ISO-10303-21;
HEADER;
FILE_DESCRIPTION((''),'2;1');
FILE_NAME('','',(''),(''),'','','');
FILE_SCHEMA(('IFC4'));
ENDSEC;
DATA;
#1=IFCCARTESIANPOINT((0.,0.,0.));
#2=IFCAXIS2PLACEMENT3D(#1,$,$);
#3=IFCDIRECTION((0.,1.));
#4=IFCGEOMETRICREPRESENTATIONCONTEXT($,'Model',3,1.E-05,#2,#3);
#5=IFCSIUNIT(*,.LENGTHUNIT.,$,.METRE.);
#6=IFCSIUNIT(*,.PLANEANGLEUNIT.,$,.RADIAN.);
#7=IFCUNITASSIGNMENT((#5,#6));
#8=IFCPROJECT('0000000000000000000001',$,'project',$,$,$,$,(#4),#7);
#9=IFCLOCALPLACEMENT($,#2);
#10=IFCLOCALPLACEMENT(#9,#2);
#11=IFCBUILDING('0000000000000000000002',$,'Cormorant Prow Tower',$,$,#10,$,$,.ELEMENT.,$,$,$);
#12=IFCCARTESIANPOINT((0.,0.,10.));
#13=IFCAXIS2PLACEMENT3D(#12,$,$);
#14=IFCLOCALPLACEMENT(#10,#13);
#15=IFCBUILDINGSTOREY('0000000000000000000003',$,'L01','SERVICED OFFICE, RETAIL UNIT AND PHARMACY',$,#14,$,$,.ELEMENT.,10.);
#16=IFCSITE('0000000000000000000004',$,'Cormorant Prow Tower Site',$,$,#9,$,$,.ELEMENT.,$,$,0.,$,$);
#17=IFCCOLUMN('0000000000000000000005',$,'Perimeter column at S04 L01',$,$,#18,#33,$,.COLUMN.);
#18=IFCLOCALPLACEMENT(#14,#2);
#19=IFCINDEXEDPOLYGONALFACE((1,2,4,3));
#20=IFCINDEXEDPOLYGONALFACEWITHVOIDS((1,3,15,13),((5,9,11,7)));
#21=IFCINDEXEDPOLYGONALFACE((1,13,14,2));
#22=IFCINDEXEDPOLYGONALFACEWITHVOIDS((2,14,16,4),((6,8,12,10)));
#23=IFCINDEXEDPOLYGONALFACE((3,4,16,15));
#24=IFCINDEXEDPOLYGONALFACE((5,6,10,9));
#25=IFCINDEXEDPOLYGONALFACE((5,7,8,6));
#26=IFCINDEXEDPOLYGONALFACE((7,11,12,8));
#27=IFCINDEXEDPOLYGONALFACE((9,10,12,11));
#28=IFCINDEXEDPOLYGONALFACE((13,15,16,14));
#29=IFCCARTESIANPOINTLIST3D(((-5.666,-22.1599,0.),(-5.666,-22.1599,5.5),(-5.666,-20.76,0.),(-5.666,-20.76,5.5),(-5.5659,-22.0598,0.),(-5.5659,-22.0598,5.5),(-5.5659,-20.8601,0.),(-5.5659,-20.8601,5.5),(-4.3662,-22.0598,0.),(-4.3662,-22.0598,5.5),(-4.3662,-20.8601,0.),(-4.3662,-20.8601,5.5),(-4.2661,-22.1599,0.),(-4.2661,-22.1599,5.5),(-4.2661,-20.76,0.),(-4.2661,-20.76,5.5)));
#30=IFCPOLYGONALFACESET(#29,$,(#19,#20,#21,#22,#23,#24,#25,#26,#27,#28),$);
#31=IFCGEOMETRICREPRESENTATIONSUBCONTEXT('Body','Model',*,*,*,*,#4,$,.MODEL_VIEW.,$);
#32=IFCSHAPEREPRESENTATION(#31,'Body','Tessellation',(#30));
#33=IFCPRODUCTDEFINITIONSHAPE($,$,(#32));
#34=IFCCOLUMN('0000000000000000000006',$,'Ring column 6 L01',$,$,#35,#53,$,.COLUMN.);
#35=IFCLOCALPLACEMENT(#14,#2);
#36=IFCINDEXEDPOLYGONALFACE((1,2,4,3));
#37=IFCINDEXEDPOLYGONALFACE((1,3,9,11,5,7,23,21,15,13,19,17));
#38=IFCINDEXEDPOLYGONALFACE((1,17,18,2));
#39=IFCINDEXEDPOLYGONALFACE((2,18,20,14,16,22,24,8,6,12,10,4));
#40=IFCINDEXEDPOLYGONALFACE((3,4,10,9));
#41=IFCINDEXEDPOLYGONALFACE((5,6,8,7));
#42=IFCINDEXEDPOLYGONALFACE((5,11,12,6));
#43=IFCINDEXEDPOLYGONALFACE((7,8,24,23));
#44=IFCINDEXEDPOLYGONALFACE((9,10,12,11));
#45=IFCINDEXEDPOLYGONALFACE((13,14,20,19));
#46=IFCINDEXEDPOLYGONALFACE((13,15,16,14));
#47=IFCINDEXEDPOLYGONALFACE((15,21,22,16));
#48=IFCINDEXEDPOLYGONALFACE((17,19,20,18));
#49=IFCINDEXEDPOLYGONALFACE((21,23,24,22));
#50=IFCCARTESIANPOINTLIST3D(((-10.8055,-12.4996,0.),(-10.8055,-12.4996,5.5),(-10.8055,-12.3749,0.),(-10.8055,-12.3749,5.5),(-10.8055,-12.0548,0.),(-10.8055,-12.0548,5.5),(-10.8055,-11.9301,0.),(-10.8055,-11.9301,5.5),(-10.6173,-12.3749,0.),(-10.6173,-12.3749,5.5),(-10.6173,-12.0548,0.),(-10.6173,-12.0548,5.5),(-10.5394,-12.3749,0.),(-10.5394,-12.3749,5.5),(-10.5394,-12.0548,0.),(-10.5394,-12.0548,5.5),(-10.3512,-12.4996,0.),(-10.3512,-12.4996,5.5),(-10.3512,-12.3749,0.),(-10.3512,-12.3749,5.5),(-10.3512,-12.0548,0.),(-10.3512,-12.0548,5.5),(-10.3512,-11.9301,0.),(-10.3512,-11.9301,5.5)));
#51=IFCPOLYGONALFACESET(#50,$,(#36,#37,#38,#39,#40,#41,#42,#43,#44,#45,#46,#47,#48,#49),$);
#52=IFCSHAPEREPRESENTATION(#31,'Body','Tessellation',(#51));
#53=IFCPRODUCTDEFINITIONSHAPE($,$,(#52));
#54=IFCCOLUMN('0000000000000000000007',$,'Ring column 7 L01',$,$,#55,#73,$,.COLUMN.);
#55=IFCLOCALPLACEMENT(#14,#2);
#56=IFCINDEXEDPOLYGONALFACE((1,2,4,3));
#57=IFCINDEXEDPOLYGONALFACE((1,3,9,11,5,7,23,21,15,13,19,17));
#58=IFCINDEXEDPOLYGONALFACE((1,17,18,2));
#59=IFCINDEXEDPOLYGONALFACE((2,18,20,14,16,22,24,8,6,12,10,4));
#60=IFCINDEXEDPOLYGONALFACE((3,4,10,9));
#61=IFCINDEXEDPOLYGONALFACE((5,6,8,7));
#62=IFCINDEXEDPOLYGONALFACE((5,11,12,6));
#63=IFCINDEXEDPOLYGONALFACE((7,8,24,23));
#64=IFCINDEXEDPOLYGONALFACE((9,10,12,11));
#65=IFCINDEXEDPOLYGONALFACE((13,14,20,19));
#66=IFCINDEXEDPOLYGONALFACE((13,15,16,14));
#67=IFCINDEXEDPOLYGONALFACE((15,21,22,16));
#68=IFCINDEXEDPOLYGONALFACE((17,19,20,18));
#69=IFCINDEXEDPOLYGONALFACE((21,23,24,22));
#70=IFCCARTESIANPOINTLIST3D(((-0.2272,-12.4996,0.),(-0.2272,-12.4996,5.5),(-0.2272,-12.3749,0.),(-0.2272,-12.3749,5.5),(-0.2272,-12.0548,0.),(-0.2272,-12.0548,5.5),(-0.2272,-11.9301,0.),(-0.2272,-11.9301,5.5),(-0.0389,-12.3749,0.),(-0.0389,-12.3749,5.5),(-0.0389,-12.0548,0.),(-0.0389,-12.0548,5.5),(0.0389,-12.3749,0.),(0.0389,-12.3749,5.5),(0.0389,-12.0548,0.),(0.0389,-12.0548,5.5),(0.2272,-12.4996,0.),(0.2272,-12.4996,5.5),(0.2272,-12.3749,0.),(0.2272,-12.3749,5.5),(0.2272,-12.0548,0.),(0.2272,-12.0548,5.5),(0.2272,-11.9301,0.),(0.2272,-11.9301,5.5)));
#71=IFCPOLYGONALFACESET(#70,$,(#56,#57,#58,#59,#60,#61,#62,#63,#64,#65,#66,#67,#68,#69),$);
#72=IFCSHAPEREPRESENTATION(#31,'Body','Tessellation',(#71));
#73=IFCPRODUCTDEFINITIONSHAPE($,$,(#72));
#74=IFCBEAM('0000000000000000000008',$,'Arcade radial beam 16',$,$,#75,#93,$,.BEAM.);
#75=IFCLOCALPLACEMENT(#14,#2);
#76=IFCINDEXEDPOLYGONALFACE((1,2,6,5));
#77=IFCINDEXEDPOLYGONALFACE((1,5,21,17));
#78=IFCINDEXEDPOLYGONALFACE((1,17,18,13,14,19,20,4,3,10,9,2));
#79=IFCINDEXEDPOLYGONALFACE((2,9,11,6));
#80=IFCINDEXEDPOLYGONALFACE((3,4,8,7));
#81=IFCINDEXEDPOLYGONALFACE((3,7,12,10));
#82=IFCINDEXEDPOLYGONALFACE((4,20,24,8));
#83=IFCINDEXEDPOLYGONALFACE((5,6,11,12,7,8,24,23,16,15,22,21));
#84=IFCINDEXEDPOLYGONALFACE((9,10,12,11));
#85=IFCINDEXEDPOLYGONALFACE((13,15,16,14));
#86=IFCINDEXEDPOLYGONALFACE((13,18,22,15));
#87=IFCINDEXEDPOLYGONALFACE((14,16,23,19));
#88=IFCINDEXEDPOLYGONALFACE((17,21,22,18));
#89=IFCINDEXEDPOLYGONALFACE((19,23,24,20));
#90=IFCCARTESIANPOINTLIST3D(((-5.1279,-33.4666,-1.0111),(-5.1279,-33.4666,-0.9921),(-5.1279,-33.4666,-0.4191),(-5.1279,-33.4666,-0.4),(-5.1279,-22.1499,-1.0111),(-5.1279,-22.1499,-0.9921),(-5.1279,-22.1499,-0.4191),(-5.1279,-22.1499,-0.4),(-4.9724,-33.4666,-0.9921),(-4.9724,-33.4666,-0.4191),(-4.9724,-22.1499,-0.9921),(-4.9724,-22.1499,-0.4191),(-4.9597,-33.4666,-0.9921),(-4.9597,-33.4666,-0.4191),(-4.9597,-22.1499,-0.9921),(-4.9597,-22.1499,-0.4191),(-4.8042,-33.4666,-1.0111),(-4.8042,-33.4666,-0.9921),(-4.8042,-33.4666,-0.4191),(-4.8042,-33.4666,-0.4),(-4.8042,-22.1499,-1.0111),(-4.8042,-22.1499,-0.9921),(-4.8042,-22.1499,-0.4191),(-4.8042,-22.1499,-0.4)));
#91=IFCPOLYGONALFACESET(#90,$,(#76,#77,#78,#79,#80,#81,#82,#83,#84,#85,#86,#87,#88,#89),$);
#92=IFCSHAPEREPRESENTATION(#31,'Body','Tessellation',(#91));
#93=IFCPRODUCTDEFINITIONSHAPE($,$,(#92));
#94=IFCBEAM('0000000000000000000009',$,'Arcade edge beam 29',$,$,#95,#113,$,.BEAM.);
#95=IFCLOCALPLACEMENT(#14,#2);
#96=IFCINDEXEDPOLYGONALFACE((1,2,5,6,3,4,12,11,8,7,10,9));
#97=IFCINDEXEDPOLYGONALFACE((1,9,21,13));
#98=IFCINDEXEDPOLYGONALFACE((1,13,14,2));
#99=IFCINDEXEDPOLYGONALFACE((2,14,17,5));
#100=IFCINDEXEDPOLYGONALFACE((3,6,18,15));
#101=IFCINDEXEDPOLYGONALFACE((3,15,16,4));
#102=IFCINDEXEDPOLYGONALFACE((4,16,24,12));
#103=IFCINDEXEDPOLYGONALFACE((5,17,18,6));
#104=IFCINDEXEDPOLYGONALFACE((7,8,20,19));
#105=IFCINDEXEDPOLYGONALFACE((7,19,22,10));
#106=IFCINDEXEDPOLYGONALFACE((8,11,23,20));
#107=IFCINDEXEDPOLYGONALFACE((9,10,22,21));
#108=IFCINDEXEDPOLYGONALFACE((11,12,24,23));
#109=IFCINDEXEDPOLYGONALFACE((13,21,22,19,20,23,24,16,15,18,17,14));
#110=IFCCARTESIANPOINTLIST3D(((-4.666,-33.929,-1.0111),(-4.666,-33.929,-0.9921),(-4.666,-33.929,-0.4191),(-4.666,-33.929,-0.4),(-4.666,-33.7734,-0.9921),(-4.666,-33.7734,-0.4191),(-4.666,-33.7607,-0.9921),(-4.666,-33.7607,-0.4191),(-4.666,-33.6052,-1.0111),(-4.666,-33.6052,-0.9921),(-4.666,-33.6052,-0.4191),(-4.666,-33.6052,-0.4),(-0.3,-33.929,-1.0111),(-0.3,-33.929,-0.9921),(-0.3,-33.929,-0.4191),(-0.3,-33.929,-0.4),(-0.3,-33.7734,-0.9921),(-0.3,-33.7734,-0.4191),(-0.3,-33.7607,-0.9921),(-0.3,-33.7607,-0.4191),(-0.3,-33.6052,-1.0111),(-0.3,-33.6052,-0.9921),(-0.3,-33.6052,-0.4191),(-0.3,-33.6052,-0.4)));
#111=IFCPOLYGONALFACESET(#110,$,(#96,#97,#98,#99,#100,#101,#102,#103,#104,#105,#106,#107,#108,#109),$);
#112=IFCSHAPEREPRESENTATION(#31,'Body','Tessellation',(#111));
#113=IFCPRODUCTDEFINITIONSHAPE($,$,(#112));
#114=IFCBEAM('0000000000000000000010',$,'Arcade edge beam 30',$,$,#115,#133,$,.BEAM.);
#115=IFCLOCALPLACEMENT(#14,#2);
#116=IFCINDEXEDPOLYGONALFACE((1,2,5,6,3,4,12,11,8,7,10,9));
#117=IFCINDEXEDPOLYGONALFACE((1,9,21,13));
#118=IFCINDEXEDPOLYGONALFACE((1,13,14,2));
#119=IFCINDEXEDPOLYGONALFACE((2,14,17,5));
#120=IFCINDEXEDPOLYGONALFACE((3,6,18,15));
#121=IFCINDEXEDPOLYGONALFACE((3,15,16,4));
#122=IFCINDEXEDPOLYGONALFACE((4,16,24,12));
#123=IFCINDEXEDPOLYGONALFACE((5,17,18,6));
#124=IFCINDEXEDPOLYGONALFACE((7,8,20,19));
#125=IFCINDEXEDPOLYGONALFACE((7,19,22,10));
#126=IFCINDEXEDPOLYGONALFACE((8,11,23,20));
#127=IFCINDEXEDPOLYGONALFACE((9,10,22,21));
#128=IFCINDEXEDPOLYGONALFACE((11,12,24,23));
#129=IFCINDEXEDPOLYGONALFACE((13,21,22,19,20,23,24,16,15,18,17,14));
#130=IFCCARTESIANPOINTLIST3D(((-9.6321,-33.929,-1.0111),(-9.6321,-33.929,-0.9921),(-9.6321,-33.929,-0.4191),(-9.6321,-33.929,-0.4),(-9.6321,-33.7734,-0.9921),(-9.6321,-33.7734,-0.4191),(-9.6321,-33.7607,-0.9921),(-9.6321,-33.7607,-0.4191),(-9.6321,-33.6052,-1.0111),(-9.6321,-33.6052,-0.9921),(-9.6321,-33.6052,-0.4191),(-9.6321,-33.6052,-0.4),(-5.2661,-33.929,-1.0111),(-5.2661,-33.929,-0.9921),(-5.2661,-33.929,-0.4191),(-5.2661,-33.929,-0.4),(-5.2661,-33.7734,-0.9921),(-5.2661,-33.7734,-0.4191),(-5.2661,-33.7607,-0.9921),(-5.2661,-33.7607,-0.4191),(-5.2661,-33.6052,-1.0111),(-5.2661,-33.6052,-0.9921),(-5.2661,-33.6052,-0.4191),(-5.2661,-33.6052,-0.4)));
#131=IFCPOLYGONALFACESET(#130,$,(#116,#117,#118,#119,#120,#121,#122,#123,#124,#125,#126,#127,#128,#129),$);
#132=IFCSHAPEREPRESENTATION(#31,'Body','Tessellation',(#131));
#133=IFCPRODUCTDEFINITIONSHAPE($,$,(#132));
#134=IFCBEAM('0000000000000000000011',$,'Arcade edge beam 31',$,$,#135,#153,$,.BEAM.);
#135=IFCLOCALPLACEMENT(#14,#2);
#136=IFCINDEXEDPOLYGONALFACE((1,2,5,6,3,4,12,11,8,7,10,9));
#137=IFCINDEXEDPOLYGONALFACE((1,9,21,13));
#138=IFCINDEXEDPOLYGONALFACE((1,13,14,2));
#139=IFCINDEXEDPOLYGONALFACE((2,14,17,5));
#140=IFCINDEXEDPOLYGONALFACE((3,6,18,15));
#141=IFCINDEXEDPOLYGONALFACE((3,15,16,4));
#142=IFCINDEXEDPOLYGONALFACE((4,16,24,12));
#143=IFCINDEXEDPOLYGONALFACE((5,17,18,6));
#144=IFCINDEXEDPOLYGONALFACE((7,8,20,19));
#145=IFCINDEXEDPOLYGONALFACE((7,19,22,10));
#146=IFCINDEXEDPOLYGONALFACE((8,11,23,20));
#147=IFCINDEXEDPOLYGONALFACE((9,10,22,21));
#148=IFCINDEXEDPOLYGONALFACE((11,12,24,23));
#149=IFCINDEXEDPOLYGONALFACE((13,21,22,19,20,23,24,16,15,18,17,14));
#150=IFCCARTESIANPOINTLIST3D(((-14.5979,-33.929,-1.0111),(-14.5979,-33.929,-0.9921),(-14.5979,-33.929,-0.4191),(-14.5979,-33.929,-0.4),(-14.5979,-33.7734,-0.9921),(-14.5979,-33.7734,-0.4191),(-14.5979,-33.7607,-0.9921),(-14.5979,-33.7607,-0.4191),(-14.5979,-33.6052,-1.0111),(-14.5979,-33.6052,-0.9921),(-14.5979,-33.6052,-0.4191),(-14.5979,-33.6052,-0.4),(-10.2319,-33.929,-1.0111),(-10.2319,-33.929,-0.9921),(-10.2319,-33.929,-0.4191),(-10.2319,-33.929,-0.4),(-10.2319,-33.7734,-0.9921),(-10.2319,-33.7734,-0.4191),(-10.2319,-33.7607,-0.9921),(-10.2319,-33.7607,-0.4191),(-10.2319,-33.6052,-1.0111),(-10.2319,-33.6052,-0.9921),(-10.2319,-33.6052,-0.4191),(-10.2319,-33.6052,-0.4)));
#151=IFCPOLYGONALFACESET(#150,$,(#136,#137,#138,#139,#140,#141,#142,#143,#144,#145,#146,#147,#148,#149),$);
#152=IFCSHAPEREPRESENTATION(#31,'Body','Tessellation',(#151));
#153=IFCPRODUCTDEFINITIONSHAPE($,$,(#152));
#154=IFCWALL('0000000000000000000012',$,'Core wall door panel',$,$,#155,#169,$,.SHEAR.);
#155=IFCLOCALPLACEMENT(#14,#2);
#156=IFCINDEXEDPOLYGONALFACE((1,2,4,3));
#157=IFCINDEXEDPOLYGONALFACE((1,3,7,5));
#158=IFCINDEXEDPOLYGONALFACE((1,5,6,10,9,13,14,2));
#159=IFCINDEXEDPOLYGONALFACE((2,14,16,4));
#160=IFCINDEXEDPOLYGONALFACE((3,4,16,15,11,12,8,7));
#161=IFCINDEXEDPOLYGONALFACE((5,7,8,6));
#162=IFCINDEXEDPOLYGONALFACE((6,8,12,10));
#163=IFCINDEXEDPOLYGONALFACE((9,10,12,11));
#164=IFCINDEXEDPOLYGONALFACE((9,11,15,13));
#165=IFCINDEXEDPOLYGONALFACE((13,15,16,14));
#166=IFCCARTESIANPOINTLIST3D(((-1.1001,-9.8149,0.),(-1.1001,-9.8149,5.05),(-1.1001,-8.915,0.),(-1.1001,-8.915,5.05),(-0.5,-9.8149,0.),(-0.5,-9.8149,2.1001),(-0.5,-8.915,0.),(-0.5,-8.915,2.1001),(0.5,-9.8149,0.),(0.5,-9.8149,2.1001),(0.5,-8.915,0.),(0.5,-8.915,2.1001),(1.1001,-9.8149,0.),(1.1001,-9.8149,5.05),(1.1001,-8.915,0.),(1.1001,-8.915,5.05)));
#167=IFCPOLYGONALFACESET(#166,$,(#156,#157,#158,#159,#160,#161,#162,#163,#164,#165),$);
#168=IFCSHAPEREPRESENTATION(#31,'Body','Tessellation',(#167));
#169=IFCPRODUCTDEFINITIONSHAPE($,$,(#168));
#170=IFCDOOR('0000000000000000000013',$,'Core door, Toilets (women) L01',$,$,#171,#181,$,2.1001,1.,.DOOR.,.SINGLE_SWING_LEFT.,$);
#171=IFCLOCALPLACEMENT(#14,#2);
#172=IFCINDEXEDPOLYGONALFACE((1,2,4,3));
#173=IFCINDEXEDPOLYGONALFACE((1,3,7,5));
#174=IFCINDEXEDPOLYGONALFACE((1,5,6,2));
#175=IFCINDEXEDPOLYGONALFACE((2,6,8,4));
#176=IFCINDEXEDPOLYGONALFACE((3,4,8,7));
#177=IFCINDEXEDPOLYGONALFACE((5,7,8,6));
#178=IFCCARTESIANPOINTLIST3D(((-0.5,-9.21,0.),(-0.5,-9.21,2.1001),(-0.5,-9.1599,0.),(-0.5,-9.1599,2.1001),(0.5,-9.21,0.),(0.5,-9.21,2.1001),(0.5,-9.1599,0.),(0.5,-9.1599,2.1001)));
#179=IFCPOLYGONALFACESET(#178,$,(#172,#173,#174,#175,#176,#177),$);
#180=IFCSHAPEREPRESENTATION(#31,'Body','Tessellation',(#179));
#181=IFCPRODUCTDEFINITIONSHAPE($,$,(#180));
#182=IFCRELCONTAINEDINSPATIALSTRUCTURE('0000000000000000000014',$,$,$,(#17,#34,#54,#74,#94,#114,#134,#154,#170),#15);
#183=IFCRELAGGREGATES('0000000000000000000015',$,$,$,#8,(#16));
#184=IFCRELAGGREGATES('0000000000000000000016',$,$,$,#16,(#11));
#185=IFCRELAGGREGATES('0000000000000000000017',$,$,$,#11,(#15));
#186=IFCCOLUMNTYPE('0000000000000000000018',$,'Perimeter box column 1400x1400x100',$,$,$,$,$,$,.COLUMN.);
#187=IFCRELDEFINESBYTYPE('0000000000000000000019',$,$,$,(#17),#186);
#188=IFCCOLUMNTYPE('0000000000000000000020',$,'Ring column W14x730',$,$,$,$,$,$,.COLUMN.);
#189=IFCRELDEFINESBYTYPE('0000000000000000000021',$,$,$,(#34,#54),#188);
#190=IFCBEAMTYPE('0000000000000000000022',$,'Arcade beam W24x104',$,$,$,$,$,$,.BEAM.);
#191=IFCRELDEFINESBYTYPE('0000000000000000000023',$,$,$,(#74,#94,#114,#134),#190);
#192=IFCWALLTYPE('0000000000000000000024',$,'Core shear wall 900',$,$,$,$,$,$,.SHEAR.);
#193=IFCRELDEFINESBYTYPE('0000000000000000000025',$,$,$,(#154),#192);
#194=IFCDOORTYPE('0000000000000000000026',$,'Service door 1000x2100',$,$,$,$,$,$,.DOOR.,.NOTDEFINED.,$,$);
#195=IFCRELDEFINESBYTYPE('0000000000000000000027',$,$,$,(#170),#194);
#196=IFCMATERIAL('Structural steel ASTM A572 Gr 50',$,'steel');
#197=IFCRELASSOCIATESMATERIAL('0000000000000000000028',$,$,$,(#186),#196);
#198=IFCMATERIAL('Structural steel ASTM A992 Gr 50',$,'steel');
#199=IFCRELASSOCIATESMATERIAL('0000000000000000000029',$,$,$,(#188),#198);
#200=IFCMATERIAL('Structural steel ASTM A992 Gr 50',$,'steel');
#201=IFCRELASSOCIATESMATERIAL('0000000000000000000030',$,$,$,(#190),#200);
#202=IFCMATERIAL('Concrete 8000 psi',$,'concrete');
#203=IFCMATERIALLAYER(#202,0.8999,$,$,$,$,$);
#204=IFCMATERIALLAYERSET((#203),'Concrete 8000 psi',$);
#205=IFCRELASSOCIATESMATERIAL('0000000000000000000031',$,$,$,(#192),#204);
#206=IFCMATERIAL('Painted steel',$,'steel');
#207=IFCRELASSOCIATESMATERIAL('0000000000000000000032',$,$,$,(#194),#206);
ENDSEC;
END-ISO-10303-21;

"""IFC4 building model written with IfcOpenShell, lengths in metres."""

from ifc_helpers import new_model, si_unit, direction, frame, frame_2d, origin, origin_2d, place, context, subcontext, project, spatial, rectangle, hollow_rectangle, i_section, extrude, material, layer, layer_set, material_profile, profile_set, type_object, element, fill, save


model = new_model("IFC4")

# Units and contexts
model_context = context("Model", 3, precision=1e-05, world=origin(), true_north=direction((0.0, 1.0)))
body_context = subcontext(model_context, "Body", "Model", "MODEL_VIEW")
ifc_project = project(units=[si_unit("LENGTHUNIT", "METRE"), si_unit("PLANEANGLEUNIT", "RADIAN")], contexts=[model_context])

# Site, building, storey
site_placement = place(None, origin())
site = spatial("IfcSite", under=ifc_project, at=site_placement, Name="Cormorant Prow Tower Site", CompositionType="ELEMENT", RefElevation=0.0)
building_placement = place(site_placement, origin())
building = spatial("IfcBuilding", under=site, at=building_placement, Name="Cormorant Prow Tower", CompositionType="ELEMENT")
storey_placement = place(building_placement, frame((0.0, 0.0, 10.0)))
storey = spatial("IfcBuildingStorey", under=building, at=storey_placement, Name="L01", Description="SERVICED OFFICE, RETAIL UNIT AND PHARMACY", CompositionType="ELEMENT", Elevation=10.0)

# Columns
ifc_material_1 = material(Name="Structural steel ASTM A572 Gr 50", Category="steel")
ifc_material_profile_1 = material_profile(ifc_material_1, hollow_rectangle(XDim=1.3999, YDim=1.3999, WallThickness=0.1001, at=origin_2d()), Name="Box 1400x1400x100")
ifc_profile_set_1 = profile_set([ifc_material_profile_1], Name="Structural steel ASTM A572 Gr 50")
column_type_1 = type_object("IfcColumnType", Name="Perimeter box column 1400x1400x100", PredefinedType="COLUMN", material=ifc_profile_set_1)
column_placement = place(storey_placement, frame((-4.9661, -21.46, 0.0), z_axis=(0.0, 0.0, 1.0), x_axis=(1.0, 0.0, 0.0)))
element("IfcColumn", 1, at=column_placement, inside=storey, type_object=column_type_1, Name="Perimeter column at S04 L01", PredefinedType="COLUMN", context=body_context, shape_type="SweptSolid", body=[
    extrude(hollow_rectangle(XDim=1.3999, YDim=1.3999, WallThickness=0.1001, at=origin_2d()), origin(), (0.0, 0.0, 1.0), 5.5),
])
ifc_material_2 = material(Name="Structural steel ASTM A992 Gr 50", Category="steel")
ifc_material_profile_2 = material_profile(ifc_material_2, i_section(OverallWidth=0.4543, OverallDepth=0.5696, WebThickness=0.0779, FlangeThickness=0.1248, at=origin_2d()), Name="W14x730")
ifc_profile_set_2 = profile_set([ifc_material_profile_2], Name="Structural steel ASTM A992 Gr 50")
column_type_2 = type_object("IfcColumnType", Name="Ring column W14x730", PredefinedType="COLUMN", material=ifc_profile_set_2)
for number, where, z_axis, x_axis, name in (
    (2, (-10.5784, -12.2148, 0.0), (0.0, 0.0, 1.0), (1.0, 0.0, 0.0), "Ring column 6 L01"),
    (3, (0.0, -12.2148, 0.0), (0.0, 0.0, 1.0), (1.0, 0.0, 0.0), "Ring column 7 L01"),
):
    element("IfcColumn", number, at=place(storey_placement, frame(where, z_axis=z_axis, x_axis=x_axis)), inside=storey, type_object=column_type_2, Name=name, PredefinedType="COLUMN", context=body_context, shape_type="SweptSolid", body=[
        extrude(i_section(OverallWidth=0.4543, OverallDepth=0.5696, WebThickness=0.0779, FlangeThickness=0.1248, at=origin_2d()), origin(), (0.0, 0.0, 1.0), 5.5),
    ])

# Beams
ifc_material_3 = material(Name="Structural steel ASTM A992 Gr 50", Category="steel")
ifc_material_profile_3 = material_profile(ifc_material_3, i_section(OverallWidth=0.3237, OverallDepth=0.6111, WebThickness=0.0127, FlangeThickness=0.019, at=origin_2d()), Name="W24x104")
ifc_profile_set_3 = profile_set([ifc_material_profile_3], Name="Structural steel ASTM A992 Gr 50")
beam_type = type_object("IfcBeamType", Name="Arcade beam W24x104", PredefinedType="BEAM", material=ifc_profile_set_3)
beam_placement = place(storey_placement, frame((-4.9661, -22.1499, -0.7056), z_axis=(0.0, -1.0, 0.0), x_axis=(1.0, 0.0, 0.0)))
element("IfcBeam", 4, at=beam_placement, inside=storey, type_object=beam_type, Name="Arcade radial beam 16", PredefinedType="BEAM", context=body_context, shape_type="SweptSolid", body=[
    extrude(i_section(OverallWidth=0.3237, OverallDepth=0.6111, WebThickness=0.0127, FlangeThickness=0.019, at=origin_2d()), origin(), (0.0, 0.0, 1.0), 11.3167),
])
for number, where, z_axis, x_axis, name in (
    (5, (-0.3, -33.7671, -0.7056), (-1.0, 0.0, 0.0), (0.0, -1.0, 0.0), "Arcade edge beam 29"),
    (6, (-5.2661, -33.7671, -0.7056), (-1.0, 0.0, 0.0), (0.0, -1.0, 0.0), "Arcade edge beam 30"),
    (7, (-10.2319, -33.7671, -0.7056), (-1.0, 0.0, 0.0), (0.0, -1.0, 0.0), "Arcade edge beam 31"),
):
    element("IfcBeam", number, at=place(storey_placement, frame(where, z_axis=z_axis, x_axis=x_axis)), inside=storey, type_object=beam_type, Name=name, PredefinedType="BEAM", context=body_context, shape_type="SweptSolid", body=[
        extrude(i_section(OverallWidth=0.3237, OverallDepth=0.6111, WebThickness=0.0127, FlangeThickness=0.019, at=origin_2d()), origin(), (0.0, 0.0, 1.0), 4.366),
    ])

# Wall, opening, door
ifc_material_4 = material(Name="Concrete 8000 psi", Category="concrete")
ifc_layer_1 = layer(ifc_material_4, 0.8999)
ifc_layer_set_1 = layer_set([ifc_layer_1], Name="Concrete 8000 psi")
wall_type_1 = type_object("IfcWallType", Name="Core shear wall 900", PredefinedType="SHEAR", material=ifc_layer_set_1)
wall_1_placement = place(storey_placement, frame((-1.1001, -9.365, 0.0), z_axis=(0.0, 0.0, 1.0), x_axis=(1.0, 0.0, 0.0)))
wall_1 = element("IfcWall", 8, at=wall_1_placement, inside=storey, type_object=wall_type_1, Name="Core wall door panel", PredefinedType="SHEAR", context=body_context, shape_type="SweptSolid", body=[
    extrude(rectangle(XDim=2.2002, YDim=0.8999, at=frame_2d((1.1001, 0.0))), origin(), (0.0, 0.0, 1.0), 5.05),
])
opening_1_placement = place(wall_1_placement, frame((0.6001, 0.0, 0.0)))
opening_1 = element("IfcOpeningElement", 9, at=opening_1_placement, cuts=wall_1, PredefinedType="OPENING", context=body_context, shape_type="SweptSolid", body=[
    extrude(rectangle(XDim=1.0, YDim=2.1001, at=frame_2d((0.5, 1.05))), frame((0.0, 0.46, 0.0), z_axis=(0.0, -1.0, 0.0), x_axis=(1.0, 0.0, 0.0)), (0.0, 0.0, 1.0), 0.9199),
])
ifc_material_5 = material(Name="Painted steel", Category="steel")
door_type_1 = type_object("IfcDoorType", Name="Service door 1000x2100", OperationType="NOTDEFINED", PredefinedType="DOOR", material=ifc_material_5)
door_1_placement = place(opening_1_placement, origin())
door_1 = element("IfcDoor", 10, at=door_1_placement, inside=storey, type_object=door_type_1, Name="Core door, Toilets (women) L01", OperationType="SINGLE_SWING_LEFT", OverallHeight=2.1001, OverallWidth=1.0, PredefinedType="DOOR", context=body_context, shape_type="SweptSolid", body=[
    extrude(rectangle(XDim=1.0, YDim=2.1001, at=frame_2d((0.5, 1.05))), frame((0.0, 0.2051, 0.0), z_axis=(0.0, -1.0, 0.0), x_axis=(1.0, 0.0, 0.0)), (0.0, 0.0, 1.0), 0.05),
])
fill(opening_1, door_1)

save(model, "model.ifc")
